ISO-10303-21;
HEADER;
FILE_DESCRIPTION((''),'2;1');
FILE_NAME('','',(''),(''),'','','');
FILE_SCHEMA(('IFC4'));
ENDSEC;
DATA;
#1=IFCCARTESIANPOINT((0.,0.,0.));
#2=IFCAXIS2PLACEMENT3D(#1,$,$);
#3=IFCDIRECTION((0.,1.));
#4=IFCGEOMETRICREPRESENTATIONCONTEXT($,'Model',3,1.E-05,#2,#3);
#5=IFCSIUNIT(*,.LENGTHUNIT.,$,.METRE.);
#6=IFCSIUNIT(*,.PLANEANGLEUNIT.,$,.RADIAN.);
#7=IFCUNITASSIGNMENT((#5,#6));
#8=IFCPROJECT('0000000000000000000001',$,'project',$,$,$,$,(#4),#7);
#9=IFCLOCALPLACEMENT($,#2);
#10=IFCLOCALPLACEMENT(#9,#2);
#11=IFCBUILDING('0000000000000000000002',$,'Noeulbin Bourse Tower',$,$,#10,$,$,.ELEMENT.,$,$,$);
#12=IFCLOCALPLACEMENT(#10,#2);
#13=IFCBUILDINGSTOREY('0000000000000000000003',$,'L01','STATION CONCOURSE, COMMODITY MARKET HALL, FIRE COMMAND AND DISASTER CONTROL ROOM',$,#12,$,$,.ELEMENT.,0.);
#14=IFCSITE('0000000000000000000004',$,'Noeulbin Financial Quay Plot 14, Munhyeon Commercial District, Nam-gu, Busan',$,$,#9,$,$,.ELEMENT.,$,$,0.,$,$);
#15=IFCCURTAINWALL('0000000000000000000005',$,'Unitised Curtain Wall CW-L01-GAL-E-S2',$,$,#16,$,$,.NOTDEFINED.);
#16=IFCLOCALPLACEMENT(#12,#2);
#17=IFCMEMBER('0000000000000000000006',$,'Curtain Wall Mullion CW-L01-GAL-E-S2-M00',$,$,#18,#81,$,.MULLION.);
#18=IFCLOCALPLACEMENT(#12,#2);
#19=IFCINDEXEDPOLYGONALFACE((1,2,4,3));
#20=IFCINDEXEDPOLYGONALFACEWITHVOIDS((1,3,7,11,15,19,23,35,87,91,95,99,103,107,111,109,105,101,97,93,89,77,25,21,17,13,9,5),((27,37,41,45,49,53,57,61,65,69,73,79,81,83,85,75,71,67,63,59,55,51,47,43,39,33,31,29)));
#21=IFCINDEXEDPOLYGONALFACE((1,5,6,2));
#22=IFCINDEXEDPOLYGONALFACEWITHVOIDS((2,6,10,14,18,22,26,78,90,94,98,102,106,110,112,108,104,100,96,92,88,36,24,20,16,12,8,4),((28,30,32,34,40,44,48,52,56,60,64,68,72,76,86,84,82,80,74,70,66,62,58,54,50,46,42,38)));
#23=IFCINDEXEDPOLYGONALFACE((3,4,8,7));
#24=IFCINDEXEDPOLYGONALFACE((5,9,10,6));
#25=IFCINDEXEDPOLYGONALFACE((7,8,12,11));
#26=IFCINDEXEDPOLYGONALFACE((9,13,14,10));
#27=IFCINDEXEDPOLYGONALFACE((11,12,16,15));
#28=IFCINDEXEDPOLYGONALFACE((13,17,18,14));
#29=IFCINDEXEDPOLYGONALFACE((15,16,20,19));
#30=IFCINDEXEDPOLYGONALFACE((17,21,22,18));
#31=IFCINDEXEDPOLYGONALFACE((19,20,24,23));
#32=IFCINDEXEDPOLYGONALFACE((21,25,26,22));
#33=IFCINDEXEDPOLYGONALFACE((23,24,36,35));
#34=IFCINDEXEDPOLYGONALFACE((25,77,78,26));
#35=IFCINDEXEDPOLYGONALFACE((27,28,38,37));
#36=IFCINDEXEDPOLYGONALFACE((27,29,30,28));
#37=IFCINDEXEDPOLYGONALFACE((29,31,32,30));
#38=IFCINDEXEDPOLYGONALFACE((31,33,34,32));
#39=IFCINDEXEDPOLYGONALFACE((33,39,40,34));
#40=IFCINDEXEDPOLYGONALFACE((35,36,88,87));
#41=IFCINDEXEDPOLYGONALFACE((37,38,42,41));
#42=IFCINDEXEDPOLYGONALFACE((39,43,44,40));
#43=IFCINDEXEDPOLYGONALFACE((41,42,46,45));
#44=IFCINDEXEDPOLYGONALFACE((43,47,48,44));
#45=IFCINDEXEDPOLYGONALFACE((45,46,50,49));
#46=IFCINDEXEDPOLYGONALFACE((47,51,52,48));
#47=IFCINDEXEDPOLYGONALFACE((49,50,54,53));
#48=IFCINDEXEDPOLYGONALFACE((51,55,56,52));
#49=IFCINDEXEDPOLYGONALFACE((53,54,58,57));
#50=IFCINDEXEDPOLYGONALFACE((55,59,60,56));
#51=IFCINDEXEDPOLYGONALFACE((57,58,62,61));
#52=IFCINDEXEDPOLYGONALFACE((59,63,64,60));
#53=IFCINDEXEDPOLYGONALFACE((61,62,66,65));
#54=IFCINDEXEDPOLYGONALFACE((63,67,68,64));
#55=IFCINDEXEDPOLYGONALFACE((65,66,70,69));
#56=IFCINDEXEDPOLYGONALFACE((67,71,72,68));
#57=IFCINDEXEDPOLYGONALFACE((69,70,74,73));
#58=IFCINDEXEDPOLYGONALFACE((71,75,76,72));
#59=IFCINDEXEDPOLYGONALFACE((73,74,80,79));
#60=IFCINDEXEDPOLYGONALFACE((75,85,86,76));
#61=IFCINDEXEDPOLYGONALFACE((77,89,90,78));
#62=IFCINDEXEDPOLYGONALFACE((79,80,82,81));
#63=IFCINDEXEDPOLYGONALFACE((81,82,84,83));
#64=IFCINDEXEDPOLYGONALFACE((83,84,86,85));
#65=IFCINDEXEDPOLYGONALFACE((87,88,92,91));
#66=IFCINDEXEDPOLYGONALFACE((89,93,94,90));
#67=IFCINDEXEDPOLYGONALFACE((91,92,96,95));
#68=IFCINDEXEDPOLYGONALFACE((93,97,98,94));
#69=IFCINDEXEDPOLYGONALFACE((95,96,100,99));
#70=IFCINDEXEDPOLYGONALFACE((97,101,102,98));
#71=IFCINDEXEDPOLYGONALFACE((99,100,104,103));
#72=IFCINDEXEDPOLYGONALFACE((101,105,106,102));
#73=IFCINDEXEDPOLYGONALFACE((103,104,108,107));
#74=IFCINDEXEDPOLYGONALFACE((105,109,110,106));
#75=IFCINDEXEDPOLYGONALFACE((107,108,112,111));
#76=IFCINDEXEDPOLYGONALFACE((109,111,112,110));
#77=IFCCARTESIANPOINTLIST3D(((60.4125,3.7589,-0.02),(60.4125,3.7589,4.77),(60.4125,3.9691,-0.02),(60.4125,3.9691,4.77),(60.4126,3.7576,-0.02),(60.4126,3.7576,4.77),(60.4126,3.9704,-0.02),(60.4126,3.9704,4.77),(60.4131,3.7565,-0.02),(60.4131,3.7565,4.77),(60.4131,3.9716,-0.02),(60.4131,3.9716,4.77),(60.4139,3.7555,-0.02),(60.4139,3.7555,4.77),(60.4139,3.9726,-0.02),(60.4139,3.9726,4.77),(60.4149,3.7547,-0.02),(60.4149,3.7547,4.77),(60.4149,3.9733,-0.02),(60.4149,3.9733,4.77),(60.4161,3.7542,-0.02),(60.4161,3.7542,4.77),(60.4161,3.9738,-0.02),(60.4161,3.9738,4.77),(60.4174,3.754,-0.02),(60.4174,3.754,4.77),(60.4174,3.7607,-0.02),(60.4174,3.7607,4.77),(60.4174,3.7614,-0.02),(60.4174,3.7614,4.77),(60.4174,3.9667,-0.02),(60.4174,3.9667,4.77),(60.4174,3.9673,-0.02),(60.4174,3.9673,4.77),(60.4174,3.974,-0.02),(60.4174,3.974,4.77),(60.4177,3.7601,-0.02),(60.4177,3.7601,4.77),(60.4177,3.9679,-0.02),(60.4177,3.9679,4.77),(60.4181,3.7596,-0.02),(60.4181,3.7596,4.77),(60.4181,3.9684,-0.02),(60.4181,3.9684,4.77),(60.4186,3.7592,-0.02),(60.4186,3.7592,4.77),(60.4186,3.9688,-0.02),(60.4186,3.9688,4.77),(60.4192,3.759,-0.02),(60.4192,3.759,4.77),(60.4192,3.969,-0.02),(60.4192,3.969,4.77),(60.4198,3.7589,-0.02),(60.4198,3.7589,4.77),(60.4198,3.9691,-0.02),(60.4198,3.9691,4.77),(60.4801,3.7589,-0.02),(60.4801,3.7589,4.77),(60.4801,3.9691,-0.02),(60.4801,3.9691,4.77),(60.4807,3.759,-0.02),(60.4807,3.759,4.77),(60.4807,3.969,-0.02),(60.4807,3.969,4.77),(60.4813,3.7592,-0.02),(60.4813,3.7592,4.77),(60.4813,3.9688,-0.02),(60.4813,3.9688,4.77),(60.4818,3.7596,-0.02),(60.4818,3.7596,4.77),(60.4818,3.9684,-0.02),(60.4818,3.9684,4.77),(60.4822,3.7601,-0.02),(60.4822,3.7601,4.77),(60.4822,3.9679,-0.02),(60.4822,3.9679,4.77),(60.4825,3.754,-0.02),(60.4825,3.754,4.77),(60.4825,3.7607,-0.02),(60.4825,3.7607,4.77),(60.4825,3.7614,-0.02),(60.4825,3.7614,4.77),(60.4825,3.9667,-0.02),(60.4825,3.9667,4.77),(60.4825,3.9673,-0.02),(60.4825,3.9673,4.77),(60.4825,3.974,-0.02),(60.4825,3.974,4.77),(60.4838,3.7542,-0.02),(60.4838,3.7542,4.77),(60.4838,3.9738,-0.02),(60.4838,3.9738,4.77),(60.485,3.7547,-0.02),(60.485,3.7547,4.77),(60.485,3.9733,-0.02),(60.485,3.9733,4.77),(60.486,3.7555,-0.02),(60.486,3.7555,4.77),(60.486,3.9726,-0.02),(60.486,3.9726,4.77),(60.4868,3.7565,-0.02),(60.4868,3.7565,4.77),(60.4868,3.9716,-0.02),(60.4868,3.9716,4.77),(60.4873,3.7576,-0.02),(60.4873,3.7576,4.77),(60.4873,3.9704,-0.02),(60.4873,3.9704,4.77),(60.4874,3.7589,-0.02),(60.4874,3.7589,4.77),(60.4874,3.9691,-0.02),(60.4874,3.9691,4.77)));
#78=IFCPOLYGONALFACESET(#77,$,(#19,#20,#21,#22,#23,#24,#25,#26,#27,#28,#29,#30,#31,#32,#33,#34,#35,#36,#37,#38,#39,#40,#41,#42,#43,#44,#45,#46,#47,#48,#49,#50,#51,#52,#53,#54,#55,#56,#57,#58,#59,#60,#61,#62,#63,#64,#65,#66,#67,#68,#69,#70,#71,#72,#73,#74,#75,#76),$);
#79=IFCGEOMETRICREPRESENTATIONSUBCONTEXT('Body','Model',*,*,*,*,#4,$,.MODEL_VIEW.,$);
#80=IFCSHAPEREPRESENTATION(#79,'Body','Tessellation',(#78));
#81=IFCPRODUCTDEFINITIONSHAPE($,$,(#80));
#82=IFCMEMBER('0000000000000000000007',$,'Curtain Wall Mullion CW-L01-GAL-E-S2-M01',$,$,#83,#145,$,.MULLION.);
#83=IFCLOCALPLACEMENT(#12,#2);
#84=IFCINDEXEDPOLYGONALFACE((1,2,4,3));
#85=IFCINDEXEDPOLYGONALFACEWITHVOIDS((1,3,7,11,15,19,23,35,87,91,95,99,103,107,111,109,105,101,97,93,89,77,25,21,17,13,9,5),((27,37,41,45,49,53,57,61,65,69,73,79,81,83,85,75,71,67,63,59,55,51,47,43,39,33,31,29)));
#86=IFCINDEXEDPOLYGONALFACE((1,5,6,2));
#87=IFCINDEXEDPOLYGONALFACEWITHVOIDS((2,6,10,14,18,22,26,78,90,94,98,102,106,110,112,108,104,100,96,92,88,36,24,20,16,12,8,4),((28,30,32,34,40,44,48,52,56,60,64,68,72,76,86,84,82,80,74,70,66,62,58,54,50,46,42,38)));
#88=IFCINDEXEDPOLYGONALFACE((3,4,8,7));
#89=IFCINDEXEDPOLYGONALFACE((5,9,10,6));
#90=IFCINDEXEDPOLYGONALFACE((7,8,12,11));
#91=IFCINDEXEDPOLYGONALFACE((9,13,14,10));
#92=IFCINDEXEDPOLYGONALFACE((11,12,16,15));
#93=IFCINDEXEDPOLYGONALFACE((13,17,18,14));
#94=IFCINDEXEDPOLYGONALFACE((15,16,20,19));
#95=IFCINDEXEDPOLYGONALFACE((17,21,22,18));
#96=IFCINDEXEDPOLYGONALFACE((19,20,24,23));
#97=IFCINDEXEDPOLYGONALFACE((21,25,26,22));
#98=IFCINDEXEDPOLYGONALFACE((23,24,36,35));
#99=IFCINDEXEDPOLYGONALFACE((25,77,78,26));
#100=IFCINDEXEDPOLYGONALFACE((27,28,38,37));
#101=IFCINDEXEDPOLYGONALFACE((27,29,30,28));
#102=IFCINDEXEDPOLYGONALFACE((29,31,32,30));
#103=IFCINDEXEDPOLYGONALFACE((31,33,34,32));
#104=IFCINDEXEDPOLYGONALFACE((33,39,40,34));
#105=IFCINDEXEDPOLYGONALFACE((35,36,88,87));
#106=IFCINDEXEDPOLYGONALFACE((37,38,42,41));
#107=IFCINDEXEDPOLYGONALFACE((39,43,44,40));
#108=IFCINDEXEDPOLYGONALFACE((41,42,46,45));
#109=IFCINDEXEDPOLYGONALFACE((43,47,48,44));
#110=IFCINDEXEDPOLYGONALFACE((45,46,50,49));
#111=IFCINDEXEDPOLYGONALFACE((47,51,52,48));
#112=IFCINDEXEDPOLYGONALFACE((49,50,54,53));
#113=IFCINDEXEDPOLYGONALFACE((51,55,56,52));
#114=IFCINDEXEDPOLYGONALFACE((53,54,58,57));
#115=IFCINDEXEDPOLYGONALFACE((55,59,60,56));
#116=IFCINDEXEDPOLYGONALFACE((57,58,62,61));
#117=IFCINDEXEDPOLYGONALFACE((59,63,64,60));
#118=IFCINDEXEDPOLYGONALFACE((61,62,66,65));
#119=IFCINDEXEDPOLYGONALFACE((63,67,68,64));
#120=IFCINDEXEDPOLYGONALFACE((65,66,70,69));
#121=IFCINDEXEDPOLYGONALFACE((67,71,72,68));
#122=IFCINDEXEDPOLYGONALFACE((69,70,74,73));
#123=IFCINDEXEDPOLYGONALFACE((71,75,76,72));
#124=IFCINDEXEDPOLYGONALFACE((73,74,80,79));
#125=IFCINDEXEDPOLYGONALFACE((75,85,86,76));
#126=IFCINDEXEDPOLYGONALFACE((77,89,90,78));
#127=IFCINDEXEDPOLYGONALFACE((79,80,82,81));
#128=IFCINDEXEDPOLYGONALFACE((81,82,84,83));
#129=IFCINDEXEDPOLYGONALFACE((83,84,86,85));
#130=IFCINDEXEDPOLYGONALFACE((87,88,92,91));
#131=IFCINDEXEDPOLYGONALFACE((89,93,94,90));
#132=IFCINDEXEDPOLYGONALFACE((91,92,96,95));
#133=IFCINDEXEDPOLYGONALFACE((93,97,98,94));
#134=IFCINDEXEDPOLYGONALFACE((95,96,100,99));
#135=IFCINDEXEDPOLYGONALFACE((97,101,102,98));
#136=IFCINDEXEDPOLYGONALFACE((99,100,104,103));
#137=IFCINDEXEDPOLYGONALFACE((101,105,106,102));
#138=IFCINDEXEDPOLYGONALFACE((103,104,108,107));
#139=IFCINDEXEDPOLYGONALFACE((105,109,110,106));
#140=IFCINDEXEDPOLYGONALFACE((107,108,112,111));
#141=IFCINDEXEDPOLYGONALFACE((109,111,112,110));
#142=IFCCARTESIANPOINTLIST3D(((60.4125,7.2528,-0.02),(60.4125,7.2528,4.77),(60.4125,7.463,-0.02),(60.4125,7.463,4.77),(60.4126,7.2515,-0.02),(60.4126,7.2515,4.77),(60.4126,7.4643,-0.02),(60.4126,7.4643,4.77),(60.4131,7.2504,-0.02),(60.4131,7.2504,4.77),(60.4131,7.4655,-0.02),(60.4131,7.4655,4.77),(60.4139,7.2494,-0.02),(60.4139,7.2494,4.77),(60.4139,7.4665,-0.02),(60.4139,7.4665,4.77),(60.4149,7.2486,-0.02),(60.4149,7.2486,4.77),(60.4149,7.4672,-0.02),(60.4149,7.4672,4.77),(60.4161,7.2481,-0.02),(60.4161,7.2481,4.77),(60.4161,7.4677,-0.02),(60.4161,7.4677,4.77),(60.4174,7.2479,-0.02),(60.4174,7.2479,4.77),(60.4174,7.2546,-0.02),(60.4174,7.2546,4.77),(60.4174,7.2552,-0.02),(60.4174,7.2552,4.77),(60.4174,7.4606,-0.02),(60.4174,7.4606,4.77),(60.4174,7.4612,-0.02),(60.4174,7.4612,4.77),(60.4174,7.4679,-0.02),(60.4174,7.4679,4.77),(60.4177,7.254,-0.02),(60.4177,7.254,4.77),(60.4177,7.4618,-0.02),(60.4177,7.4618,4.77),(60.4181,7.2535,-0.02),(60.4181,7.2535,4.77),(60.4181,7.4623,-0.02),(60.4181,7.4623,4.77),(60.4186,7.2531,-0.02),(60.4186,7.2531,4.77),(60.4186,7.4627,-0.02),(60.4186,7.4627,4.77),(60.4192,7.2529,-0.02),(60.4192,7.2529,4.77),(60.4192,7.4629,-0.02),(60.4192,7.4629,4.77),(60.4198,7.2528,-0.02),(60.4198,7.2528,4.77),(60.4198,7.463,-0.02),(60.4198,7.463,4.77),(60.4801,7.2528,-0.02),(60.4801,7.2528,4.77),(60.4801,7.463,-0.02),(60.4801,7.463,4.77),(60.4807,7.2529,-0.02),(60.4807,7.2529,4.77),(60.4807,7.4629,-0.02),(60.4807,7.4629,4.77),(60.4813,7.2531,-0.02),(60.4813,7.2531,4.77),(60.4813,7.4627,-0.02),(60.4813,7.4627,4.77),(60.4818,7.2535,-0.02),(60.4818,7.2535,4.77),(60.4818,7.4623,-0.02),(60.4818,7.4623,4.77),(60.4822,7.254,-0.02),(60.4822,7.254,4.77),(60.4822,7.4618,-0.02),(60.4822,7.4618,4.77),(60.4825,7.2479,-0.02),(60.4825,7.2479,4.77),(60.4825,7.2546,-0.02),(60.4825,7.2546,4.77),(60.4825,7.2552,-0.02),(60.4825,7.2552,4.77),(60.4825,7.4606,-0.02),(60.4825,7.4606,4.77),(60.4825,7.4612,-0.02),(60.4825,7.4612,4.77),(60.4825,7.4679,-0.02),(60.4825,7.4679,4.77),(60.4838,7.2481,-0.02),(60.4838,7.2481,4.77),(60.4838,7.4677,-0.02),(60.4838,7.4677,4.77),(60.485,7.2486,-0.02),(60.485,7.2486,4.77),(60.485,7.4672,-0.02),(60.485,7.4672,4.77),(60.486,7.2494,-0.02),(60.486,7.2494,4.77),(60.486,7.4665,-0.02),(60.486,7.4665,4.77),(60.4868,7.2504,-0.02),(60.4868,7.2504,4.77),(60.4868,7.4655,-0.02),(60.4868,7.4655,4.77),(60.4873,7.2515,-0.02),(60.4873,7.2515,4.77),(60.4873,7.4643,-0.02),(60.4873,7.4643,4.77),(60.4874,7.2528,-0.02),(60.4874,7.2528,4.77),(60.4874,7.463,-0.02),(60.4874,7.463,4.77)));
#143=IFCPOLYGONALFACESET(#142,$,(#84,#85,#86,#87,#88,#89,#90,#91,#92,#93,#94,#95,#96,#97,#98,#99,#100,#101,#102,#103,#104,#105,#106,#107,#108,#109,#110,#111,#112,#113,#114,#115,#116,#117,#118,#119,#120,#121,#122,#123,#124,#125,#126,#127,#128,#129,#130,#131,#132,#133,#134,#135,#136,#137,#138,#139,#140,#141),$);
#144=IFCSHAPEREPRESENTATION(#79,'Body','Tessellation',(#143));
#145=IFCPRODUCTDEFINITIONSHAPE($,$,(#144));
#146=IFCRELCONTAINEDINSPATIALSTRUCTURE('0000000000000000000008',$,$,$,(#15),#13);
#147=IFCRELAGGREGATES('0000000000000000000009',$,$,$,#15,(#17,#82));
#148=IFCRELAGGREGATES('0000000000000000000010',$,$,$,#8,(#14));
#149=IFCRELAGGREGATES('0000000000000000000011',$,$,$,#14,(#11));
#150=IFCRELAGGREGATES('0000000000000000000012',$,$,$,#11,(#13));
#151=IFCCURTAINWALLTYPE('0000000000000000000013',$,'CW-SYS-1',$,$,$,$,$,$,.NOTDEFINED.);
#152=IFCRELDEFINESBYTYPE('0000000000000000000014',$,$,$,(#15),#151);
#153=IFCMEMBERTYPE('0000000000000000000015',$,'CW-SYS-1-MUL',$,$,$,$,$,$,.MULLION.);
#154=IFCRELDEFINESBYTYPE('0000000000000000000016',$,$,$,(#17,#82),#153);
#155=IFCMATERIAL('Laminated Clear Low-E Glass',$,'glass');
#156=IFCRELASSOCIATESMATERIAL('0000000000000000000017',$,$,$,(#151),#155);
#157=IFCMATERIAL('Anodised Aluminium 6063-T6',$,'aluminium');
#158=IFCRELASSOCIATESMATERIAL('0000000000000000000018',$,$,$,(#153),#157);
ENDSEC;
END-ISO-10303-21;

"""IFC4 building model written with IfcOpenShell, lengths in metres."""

from ifc_helpers import new_model, si_unit, direction, frame, origin, origin_2d, place, context, subcontext, project, spatial, hollow_rectangle, extrude, material, material_profile, profile_set, type_object, element, aggregate, save


model = new_model("IFC4")

# Units and contexts
model_context = context("Model", 3, precision=1e-05, world=origin(), true_north=direction((0.0, 1.0)))
body_context = subcontext(model_context, "Body", "Model", "MODEL_VIEW")
ifc_project = project(units=[si_unit("LENGTHUNIT", "METRE"), si_unit("PLANEANGLEUNIT", "RADIAN")], contexts=[model_context])

# Site, building, storey
site_placement = place(None, origin())
site = spatial("IfcSite", under=ifc_project, at=site_placement, Name="Noeulbin Financial Quay Plot 14, Munhyeon Commercial District, Nam-gu, Busan", CompositionType="ELEMENT", RefElevation=0.0)
building_placement = place(site_placement, origin())
building = spatial("IfcBuilding", under=site, at=building_placement, Name="Noeulbin Bourse Tower", CompositionType="ELEMENT")
storey_placement = place(building_placement, origin())
storey = spatial("IfcBuildingStorey", under=building, at=storey_placement, Name="L01", Description="STATION CONCOURSE, COMMODITY MARKET HALL, FIRE COMMAND AND DISASTER CONTROL ROOM", CompositionType="ELEMENT", Elevation=0.0)

# Curtain wall, members
ifc_material_1 = material(Name="Laminated Clear Low-E Glass", Category="glass")
curtain_wall_type = type_object("IfcCurtainWallType", Name="CW-SYS-1", PredefinedType="NOTDEFINED", material=ifc_material_1)
ifc_material_2 = material(Name="Anodised Aluminium 6063-T6", Category="aluminium")
ifc_material_profile_1 = material_profile(ifc_material_2, hollow_rectangle(XDim=0.075, YDim=0.22, WallThickness=0.0049, InnerFilletRadius=0.0024, OuterFilletRadius=0.0049, at=origin_2d()), Name="ALU-MULL-75x220x5", Category="LoadBearing")
ifc_profile_set_1 = profile_set([ifc_material_profile_1], Name="Anodised Aluminium 6063-T6")
member_type_1 = type_object("IfcMemberType", Name="CW-SYS-1-MUL", PredefinedType="MULLION", material=ifc_profile_set_1)
curtain_wall_1_placement = place(storey_placement, origin())
curtain_wall_1 = element("IfcCurtainWall", 1, at=curtain_wall_1_placement, inside=storey, type_object=curtain_wall_type, Name="Unitised Curtain Wall CW-L01-GAL-E-S2", PredefinedType="NOTDEFINED")
member_1_placement = place(storey_placement, frame((60.45, 3.864, -0.02), z_axis=(0.0, 0.0, 1.0), x_axis=(1.0, 0.0, 0.0)))
member_1 = element("IfcMember", 2, at=member_1_placement, type_object=member_type_1, Name="Curtain Wall Mullion CW-L01-GAL-E-S2-M00", PredefinedType="MULLION", context=body_context, shape_type="SweptSolid", body=[
    extrude(hollow_rectangle(XDim=0.075, YDim=0.22, WallThickness=0.0049, InnerFilletRadius=0.0024, OuterFilletRadius=0.0049, at=origin_2d()), origin(), (0.0, 0.0, 1.0), 4.79),
])
member_2_placement = place(storey_placement, frame((60.45, 7.3579, -0.02), z_axis=(0.0, 0.0, 1.0), x_axis=(1.0, 0.0, 0.0)))
member_2 = element("IfcMember", 3, at=member_2_placement, type_object=member_type_1, Name="Curtain Wall Mullion CW-L01-GAL-E-S2-M01", PredefinedType="MULLION", context=body_context, shape_type="SweptSolid", body=[
    extrude(hollow_rectangle(XDim=0.075, YDim=0.22, WallThickness=0.0049, InnerFilletRadius=0.0024, OuterFilletRadius=0.0049, at=origin_2d()), origin(), (0.0, 0.0, 1.0), 4.79),
])

aggregate(curtain_wall_1, [member_1, member_2])

save(model, "model.ifc")
